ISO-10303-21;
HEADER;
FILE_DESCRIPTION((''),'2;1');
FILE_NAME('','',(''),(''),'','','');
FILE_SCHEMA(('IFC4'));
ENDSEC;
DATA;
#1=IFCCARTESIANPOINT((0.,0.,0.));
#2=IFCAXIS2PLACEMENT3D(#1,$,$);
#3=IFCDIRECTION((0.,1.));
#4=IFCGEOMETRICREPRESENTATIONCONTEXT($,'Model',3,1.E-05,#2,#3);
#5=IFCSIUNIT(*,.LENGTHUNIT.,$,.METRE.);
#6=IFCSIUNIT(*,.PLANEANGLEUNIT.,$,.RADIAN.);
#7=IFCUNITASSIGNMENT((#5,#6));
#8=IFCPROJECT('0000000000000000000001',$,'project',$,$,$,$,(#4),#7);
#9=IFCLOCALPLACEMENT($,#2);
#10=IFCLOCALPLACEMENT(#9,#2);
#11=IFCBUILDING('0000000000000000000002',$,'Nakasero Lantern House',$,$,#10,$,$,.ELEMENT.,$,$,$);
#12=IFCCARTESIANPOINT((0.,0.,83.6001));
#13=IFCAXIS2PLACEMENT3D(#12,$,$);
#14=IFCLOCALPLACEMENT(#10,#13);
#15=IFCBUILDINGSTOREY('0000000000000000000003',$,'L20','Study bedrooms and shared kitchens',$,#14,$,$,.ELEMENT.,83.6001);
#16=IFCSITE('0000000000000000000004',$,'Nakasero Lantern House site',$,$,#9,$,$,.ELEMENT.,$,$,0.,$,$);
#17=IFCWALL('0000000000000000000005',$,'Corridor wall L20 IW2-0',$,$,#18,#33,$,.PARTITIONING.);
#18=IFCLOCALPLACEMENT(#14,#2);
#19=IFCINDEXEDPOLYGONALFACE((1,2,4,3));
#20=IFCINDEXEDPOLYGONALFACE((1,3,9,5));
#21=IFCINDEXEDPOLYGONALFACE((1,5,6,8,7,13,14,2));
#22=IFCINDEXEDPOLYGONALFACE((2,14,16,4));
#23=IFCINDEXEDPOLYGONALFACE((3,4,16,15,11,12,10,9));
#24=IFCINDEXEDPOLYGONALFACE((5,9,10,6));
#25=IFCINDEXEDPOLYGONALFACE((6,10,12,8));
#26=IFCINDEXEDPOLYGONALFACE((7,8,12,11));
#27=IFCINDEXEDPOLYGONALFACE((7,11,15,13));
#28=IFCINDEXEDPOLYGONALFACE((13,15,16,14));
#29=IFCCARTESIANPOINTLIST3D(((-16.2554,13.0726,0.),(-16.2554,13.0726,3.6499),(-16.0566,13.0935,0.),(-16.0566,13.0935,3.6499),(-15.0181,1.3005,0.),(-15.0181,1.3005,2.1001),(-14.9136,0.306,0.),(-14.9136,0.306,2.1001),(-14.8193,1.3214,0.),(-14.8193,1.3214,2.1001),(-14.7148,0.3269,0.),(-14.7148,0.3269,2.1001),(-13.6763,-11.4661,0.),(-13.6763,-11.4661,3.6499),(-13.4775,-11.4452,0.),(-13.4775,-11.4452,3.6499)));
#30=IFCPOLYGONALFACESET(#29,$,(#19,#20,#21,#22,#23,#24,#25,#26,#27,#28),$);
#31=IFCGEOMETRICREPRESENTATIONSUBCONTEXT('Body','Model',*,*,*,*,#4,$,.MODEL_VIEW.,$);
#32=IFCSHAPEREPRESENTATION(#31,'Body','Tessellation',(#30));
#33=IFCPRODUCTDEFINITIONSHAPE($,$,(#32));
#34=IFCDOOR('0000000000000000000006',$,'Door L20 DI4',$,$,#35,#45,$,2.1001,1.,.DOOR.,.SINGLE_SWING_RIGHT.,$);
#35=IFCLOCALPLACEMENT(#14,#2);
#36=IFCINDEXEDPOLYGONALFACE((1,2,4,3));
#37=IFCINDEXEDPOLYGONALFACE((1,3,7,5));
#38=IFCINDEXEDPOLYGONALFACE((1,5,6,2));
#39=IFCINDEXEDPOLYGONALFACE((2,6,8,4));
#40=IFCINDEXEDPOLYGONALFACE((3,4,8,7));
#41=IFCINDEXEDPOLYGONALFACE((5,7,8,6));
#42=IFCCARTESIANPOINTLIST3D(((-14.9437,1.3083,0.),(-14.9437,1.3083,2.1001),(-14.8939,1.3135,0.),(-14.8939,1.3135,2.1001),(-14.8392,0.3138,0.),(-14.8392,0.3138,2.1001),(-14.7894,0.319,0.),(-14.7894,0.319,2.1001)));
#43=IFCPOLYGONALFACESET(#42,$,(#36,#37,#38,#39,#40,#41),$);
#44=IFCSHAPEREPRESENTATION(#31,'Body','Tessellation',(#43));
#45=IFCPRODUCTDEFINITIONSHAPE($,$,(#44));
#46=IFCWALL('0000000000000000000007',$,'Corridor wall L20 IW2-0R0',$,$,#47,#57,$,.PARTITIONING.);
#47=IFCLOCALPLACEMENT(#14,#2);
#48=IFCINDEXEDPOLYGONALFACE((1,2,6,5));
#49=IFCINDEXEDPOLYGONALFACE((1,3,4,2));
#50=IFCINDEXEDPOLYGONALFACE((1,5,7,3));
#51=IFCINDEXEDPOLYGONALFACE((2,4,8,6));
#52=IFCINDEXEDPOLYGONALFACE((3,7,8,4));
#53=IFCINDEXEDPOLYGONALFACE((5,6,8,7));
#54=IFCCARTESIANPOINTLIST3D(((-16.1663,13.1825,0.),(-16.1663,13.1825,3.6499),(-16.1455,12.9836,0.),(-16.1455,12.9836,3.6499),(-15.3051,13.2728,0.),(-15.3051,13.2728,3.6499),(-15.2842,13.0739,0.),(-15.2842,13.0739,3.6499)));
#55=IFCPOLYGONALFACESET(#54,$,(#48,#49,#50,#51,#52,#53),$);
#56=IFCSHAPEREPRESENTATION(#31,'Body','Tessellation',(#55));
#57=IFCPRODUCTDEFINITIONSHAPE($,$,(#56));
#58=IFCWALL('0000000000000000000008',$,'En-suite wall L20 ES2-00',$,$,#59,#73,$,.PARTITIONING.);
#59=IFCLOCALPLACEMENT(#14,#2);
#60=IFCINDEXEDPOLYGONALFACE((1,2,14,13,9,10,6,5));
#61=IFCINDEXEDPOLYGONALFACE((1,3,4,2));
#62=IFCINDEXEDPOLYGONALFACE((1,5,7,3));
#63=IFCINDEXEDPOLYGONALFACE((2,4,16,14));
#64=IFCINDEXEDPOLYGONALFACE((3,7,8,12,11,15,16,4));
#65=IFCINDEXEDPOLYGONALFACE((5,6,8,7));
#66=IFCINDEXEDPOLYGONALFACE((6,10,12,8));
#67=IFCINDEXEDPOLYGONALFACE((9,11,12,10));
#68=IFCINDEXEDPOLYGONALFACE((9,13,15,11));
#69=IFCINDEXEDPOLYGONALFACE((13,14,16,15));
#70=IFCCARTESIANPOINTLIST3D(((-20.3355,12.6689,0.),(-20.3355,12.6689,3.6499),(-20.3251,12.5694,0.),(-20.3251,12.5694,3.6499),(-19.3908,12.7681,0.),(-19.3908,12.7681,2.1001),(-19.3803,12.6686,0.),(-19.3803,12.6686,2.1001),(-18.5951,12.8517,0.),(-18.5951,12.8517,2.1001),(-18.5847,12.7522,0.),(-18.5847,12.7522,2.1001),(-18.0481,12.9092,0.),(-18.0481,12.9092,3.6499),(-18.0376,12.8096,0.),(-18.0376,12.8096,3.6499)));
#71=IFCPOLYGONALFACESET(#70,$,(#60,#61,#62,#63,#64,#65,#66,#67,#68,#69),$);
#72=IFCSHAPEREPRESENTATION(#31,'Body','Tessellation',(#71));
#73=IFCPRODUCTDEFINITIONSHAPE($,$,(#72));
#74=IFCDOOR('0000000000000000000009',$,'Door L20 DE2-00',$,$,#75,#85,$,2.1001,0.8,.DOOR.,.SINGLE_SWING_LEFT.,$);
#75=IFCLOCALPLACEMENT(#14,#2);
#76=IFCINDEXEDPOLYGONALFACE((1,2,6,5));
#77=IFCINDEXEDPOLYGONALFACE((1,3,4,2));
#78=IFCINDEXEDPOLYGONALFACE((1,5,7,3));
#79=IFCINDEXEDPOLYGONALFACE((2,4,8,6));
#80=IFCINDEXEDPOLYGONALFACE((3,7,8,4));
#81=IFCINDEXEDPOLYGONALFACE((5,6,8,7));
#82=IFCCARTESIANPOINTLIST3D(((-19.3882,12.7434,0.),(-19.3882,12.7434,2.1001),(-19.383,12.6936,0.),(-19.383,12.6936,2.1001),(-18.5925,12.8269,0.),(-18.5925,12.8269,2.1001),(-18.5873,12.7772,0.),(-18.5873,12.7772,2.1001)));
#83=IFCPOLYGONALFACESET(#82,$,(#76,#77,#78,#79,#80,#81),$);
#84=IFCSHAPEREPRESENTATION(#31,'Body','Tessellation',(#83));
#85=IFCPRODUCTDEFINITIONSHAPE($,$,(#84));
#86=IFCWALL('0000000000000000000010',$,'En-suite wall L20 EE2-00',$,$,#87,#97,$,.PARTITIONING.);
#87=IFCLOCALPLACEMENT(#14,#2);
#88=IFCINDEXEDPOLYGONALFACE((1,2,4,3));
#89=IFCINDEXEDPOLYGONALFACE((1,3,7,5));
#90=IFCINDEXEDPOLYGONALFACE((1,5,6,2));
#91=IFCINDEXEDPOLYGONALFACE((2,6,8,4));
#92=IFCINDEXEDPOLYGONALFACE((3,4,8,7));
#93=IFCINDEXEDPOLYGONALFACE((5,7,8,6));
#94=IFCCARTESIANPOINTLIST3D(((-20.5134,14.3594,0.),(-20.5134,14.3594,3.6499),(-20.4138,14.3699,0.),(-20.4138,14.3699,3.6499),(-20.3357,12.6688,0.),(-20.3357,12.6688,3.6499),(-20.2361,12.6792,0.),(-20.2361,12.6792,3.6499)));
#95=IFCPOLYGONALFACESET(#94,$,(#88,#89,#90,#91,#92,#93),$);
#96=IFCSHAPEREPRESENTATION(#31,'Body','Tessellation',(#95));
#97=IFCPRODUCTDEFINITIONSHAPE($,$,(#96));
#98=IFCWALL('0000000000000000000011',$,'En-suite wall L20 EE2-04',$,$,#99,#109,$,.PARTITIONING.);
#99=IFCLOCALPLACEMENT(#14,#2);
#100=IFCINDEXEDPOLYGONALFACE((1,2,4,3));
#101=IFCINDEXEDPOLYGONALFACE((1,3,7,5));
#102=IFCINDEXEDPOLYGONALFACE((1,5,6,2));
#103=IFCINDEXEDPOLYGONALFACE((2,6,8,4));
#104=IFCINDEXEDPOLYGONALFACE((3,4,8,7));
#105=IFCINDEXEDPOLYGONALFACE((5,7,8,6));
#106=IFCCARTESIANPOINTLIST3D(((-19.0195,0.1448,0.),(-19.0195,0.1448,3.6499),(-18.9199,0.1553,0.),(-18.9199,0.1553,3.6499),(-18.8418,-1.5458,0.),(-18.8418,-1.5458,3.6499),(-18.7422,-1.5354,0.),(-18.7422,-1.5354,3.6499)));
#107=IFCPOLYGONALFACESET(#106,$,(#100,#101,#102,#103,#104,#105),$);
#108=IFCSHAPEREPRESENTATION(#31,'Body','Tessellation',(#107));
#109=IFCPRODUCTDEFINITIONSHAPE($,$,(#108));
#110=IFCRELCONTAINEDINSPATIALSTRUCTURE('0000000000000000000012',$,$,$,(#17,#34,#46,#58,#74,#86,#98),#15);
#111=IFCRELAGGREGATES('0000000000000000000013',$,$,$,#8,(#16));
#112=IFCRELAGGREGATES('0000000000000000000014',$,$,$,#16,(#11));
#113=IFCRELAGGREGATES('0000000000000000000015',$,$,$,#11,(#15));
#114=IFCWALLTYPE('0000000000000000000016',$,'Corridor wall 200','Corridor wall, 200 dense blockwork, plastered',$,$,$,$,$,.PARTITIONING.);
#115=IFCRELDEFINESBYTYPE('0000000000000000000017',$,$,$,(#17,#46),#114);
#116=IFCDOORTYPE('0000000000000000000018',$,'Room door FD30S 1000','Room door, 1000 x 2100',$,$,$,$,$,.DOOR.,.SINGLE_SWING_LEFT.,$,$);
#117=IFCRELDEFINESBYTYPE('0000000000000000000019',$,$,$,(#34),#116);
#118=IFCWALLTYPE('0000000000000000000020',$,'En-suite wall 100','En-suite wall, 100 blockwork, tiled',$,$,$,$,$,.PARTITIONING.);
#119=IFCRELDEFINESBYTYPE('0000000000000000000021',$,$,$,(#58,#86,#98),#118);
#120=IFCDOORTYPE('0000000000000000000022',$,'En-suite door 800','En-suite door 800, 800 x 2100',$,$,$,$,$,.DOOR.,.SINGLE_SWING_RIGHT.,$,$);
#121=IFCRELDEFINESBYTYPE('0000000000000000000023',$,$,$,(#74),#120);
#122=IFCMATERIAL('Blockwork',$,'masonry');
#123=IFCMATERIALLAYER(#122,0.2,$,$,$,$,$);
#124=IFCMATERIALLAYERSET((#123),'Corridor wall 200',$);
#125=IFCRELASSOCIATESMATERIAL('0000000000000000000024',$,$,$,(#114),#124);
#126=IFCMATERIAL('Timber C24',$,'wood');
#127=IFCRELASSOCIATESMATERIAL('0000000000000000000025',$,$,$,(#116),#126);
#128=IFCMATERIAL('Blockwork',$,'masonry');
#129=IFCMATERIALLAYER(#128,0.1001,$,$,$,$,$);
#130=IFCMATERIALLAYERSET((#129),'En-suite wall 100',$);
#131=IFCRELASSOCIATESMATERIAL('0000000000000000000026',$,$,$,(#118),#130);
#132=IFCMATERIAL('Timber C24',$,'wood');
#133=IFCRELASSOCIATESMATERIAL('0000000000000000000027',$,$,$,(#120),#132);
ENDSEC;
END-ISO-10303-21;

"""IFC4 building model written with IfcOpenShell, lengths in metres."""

from ifc_helpers import new_model, si_unit, direction, frame, frame_2d, origin, place, context, subcontext, project, spatial, rectangle, extrude, material, layer, layer_set, type_object, element, fill, save


model = new_model("IFC4")

# Units and contexts
model_context = context("Model", 3, precision=1e-05, world=origin(), true_north=direction((0.0, 1.0)))
body_context = subcontext(model_context, "Body", "Model", "MODEL_VIEW")
ifc_project = project(units=[si_unit("LENGTHUNIT", "METRE"), si_unit("PLANEANGLEUNIT", "RADIAN")], contexts=[model_context])

# Site, building, storey
site_placement = place(None, origin())
site = spatial("IfcSite", under=ifc_project, at=site_placement, Name="Nakasero Lantern House site", CompositionType="ELEMENT", RefElevation=0.0)
building_placement = place(site_placement, origin())
building = spatial("IfcBuilding", under=site, at=building_placement, Name="Nakasero Lantern House", CompositionType="ELEMENT")
storey_placement = place(building_placement, frame((0.0, 0.0, 83.6001)))
storey = spatial("IfcBuildingStorey", under=building, at=storey_placement, Name="L20", Description="Study bedrooms and shared kitchens", CompositionType="ELEMENT", Elevation=83.6001)

# Wall, opening, door
ifc_material_1 = material(Name="Blockwork", Category="masonry")
ifc_layer_1 = layer(ifc_material_1, 0.2)
ifc_layer_set_1 = layer_set([ifc_layer_1], Name="Corridor wall 200")
wall_type_1 = type_object("IfcWallType", Name="Corridor wall 200", Description="Corridor wall, 200 dense blockwork, plastered", PredefinedType="PARTITIONING", material=ifc_layer_set_1)
wall_1_placement = place(storey_placement, frame((-16.156, 13.083, 0.0), z_axis=(0.0, 0.0, 1.0), x_axis=(0.104528, -0.994522, 0.0)))
wall_1 = element("IfcWall", 1, at=wall_1_placement, inside=storey, type_object=wall_type_1, Name="Corridor wall L20 IW2-0", PredefinedType="PARTITIONING", context=body_context, shape_type="SweptSolid", body=[
    extrude(rectangle(XDim=24.6738, YDim=0.2, at=frame_2d((12.3369, 0.0))), origin(), (0.0, 0.0, 1.0), 3.6499),
])
opening_1_placement = place(wall_1_placement, frame((11.8369, 0.0, 0.0)))
opening_1 = element("IfcOpeningElement", 2, at=opening_1_placement, cuts=wall_1, PredefinedType="OPENING", context=body_context, shape_type="SweptSolid", body=[
    extrude(rectangle(XDim=1.0, YDim=2.1001, at=frame_2d((0.5, 1.05))), frame((0.0, 0.1199, 0.0), z_axis=(0.0, -1.0, 0.0), x_axis=(1.0, 0.0, 0.0)), (0.0, 0.0, 1.0), 0.24),
])
ifc_material_2 = material(Name="Timber C24", Category="wood")
door_type_1 = type_object("IfcDoorType", Name="Room door FD30S 1000", Description="Room door, 1000 x 2100", OperationType="SINGLE_SWING_LEFT", PredefinedType="DOOR", material=ifc_material_2)
door_1_placement = place(opening_1_placement, origin())
door_1 = element("IfcDoor", 3, at=door_1_placement, inside=storey, type_object=door_type_1, Name="Door L20 DI4", OperationType="SINGLE_SWING_RIGHT", OverallHeight=2.1001, OverallWidth=1.0, PredefinedType="DOOR", context=body_context, shape_type="SweptSolid", body=[
    extrude(rectangle(XDim=1.0, YDim=2.1001, at=frame_2d((0.5, 1.05))), frame((0.0, 0.0249, 0.0), z_axis=(0.0, -1.0, 0.0), x_axis=(1.0, 0.0, 0.0)), (0.0, 0.0, 1.0), 0.05),
])
fill(opening_1, door_1)

# Wall
wall_2_placement = place(storey_placement, frame((-16.156, 13.083, 0.0), z_axis=(0.0, 0.0, 1.0), x_axis=(0.994546, 0.104303, 0.0)))
element("IfcWall", 4, at=wall_2_placement, inside=storey, type_object=wall_type_1, Name="Corridor wall L20 IW2-0R0", PredefinedType="PARTITIONING", context=body_context, shape_type="SweptSolid", body=[
    extrude(rectangle(XDim=0.866, YDim=0.2, at=frame_2d((0.4331, 0.0))), origin(), (0.0, 0.0, 1.0), 3.6499),
])

# Wall, opening, door
ifc_material_3 = material(Name="Blockwork", Category="masonry")
ifc_layer_2 = layer(ifc_material_3, 0.1001)
ifc_layer_set_2 = layer_set([ifc_layer_2], Name="En-suite wall 100")
wall_type_2 = type_object("IfcWallType", Name="En-suite wall 100", Description="En-suite wall, 100 blockwork, tiled", PredefinedType="PARTITIONING", material=ifc_layer_set_2)
wall_3_placement = place(storey_placement, frame((-18.043, 12.8594, 0.0), z_axis=(0.0, 0.0, 1.0), x_axis=(-0.99453, -0.104453, 0.0)))
wall_3 = element("IfcWall", 5, at=wall_3_placement, inside=storey, type_object=wall_type_2, Name="En-suite wall L20 ES2-00", PredefinedType="PARTITIONING", context=body_context, shape_type="SweptSolid", body=[
    extrude(rectangle(XDim=2.3, YDim=0.1001, at=frame_2d((1.1499, 0.0))), origin(), (0.0, 0.0, 1.0), 3.6499),
])
opening_2_placement = place(wall_3_placement, frame((0.55, 0.0, 0.0)))
opening_2 = element("IfcOpeningElement", 6, at=opening_2_placement, cuts=wall_3, PredefinedType="OPENING", context=body_context, shape_type="SweptSolid", body=[
    extrude(rectangle(XDim=0.8, YDim=2.1001, at=frame_2d((0.3999, 1.05))), frame((0.0, 0.0701, 0.0), z_axis=(0.0, -1.0, 0.0), x_axis=(1.0, 0.0, 0.0)), (0.0, 0.0, 1.0), 0.1401),
])
ifc_material_4 = material(Name="Timber C24", Category="wood")
door_type_2 = type_object("IfcDoorType", Name="En-suite door 800", Description="En-suite door 800, 800 x 2100", OperationType="SINGLE_SWING_RIGHT", PredefinedType="DOOR", material=ifc_material_4)
door_2_placement = place(opening_2_placement, origin())
door_2 = element("IfcDoor", 7, at=door_2_placement, inside=storey, type_object=door_type_2, Name="Door L20 DE2-00", OperationType="SINGLE_SWING_LEFT", OverallHeight=2.1001, OverallWidth=0.8, PredefinedType="DOOR", context=body_context, shape_type="SweptSolid", body=[
    extrude(rectangle(XDim=0.8, YDim=2.1001, at=frame_2d((0.3999, 1.05))), frame((0.0, 0.0249, 0.0), z_axis=(0.0, -1.0, 0.0), x_axis=(1.0, 0.0, 0.0)), (0.0, 0.0, 1.0), 0.05),
])
fill(opening_2, door_2)

# Walls
for number, where, z_axis, x_axis, name in (
    (8, (-20.4636, 14.3647, 0.0), (0.0, 0.0, 1.0), (0.10455, -0.99452, 0.0), "En-suite wall L20 EE2-00"),
    (9, (-18.9697, 0.1501, 0.0), (0.0, 0.0, 1.0), (0.10455, -0.99452, 0.0), "En-suite wall L20 EE2-04"),
):
    element("IfcWall", number, at=place(storey_placement, frame(where, z_axis=z_axis, x_axis=x_axis)), inside=storey, type_object=wall_type_2, Name=name, PredefinedType="PARTITIONING", context=body_context, shape_type="SweptSolid", body=[
        extrude(rectangle(XDim=1.7, YDim=0.1001, at=frame_2d((0.8501, 0.0))), origin(), (0.0, 0.0, 1.0), 3.6499),
    ])

save(model, "model.ifc")
